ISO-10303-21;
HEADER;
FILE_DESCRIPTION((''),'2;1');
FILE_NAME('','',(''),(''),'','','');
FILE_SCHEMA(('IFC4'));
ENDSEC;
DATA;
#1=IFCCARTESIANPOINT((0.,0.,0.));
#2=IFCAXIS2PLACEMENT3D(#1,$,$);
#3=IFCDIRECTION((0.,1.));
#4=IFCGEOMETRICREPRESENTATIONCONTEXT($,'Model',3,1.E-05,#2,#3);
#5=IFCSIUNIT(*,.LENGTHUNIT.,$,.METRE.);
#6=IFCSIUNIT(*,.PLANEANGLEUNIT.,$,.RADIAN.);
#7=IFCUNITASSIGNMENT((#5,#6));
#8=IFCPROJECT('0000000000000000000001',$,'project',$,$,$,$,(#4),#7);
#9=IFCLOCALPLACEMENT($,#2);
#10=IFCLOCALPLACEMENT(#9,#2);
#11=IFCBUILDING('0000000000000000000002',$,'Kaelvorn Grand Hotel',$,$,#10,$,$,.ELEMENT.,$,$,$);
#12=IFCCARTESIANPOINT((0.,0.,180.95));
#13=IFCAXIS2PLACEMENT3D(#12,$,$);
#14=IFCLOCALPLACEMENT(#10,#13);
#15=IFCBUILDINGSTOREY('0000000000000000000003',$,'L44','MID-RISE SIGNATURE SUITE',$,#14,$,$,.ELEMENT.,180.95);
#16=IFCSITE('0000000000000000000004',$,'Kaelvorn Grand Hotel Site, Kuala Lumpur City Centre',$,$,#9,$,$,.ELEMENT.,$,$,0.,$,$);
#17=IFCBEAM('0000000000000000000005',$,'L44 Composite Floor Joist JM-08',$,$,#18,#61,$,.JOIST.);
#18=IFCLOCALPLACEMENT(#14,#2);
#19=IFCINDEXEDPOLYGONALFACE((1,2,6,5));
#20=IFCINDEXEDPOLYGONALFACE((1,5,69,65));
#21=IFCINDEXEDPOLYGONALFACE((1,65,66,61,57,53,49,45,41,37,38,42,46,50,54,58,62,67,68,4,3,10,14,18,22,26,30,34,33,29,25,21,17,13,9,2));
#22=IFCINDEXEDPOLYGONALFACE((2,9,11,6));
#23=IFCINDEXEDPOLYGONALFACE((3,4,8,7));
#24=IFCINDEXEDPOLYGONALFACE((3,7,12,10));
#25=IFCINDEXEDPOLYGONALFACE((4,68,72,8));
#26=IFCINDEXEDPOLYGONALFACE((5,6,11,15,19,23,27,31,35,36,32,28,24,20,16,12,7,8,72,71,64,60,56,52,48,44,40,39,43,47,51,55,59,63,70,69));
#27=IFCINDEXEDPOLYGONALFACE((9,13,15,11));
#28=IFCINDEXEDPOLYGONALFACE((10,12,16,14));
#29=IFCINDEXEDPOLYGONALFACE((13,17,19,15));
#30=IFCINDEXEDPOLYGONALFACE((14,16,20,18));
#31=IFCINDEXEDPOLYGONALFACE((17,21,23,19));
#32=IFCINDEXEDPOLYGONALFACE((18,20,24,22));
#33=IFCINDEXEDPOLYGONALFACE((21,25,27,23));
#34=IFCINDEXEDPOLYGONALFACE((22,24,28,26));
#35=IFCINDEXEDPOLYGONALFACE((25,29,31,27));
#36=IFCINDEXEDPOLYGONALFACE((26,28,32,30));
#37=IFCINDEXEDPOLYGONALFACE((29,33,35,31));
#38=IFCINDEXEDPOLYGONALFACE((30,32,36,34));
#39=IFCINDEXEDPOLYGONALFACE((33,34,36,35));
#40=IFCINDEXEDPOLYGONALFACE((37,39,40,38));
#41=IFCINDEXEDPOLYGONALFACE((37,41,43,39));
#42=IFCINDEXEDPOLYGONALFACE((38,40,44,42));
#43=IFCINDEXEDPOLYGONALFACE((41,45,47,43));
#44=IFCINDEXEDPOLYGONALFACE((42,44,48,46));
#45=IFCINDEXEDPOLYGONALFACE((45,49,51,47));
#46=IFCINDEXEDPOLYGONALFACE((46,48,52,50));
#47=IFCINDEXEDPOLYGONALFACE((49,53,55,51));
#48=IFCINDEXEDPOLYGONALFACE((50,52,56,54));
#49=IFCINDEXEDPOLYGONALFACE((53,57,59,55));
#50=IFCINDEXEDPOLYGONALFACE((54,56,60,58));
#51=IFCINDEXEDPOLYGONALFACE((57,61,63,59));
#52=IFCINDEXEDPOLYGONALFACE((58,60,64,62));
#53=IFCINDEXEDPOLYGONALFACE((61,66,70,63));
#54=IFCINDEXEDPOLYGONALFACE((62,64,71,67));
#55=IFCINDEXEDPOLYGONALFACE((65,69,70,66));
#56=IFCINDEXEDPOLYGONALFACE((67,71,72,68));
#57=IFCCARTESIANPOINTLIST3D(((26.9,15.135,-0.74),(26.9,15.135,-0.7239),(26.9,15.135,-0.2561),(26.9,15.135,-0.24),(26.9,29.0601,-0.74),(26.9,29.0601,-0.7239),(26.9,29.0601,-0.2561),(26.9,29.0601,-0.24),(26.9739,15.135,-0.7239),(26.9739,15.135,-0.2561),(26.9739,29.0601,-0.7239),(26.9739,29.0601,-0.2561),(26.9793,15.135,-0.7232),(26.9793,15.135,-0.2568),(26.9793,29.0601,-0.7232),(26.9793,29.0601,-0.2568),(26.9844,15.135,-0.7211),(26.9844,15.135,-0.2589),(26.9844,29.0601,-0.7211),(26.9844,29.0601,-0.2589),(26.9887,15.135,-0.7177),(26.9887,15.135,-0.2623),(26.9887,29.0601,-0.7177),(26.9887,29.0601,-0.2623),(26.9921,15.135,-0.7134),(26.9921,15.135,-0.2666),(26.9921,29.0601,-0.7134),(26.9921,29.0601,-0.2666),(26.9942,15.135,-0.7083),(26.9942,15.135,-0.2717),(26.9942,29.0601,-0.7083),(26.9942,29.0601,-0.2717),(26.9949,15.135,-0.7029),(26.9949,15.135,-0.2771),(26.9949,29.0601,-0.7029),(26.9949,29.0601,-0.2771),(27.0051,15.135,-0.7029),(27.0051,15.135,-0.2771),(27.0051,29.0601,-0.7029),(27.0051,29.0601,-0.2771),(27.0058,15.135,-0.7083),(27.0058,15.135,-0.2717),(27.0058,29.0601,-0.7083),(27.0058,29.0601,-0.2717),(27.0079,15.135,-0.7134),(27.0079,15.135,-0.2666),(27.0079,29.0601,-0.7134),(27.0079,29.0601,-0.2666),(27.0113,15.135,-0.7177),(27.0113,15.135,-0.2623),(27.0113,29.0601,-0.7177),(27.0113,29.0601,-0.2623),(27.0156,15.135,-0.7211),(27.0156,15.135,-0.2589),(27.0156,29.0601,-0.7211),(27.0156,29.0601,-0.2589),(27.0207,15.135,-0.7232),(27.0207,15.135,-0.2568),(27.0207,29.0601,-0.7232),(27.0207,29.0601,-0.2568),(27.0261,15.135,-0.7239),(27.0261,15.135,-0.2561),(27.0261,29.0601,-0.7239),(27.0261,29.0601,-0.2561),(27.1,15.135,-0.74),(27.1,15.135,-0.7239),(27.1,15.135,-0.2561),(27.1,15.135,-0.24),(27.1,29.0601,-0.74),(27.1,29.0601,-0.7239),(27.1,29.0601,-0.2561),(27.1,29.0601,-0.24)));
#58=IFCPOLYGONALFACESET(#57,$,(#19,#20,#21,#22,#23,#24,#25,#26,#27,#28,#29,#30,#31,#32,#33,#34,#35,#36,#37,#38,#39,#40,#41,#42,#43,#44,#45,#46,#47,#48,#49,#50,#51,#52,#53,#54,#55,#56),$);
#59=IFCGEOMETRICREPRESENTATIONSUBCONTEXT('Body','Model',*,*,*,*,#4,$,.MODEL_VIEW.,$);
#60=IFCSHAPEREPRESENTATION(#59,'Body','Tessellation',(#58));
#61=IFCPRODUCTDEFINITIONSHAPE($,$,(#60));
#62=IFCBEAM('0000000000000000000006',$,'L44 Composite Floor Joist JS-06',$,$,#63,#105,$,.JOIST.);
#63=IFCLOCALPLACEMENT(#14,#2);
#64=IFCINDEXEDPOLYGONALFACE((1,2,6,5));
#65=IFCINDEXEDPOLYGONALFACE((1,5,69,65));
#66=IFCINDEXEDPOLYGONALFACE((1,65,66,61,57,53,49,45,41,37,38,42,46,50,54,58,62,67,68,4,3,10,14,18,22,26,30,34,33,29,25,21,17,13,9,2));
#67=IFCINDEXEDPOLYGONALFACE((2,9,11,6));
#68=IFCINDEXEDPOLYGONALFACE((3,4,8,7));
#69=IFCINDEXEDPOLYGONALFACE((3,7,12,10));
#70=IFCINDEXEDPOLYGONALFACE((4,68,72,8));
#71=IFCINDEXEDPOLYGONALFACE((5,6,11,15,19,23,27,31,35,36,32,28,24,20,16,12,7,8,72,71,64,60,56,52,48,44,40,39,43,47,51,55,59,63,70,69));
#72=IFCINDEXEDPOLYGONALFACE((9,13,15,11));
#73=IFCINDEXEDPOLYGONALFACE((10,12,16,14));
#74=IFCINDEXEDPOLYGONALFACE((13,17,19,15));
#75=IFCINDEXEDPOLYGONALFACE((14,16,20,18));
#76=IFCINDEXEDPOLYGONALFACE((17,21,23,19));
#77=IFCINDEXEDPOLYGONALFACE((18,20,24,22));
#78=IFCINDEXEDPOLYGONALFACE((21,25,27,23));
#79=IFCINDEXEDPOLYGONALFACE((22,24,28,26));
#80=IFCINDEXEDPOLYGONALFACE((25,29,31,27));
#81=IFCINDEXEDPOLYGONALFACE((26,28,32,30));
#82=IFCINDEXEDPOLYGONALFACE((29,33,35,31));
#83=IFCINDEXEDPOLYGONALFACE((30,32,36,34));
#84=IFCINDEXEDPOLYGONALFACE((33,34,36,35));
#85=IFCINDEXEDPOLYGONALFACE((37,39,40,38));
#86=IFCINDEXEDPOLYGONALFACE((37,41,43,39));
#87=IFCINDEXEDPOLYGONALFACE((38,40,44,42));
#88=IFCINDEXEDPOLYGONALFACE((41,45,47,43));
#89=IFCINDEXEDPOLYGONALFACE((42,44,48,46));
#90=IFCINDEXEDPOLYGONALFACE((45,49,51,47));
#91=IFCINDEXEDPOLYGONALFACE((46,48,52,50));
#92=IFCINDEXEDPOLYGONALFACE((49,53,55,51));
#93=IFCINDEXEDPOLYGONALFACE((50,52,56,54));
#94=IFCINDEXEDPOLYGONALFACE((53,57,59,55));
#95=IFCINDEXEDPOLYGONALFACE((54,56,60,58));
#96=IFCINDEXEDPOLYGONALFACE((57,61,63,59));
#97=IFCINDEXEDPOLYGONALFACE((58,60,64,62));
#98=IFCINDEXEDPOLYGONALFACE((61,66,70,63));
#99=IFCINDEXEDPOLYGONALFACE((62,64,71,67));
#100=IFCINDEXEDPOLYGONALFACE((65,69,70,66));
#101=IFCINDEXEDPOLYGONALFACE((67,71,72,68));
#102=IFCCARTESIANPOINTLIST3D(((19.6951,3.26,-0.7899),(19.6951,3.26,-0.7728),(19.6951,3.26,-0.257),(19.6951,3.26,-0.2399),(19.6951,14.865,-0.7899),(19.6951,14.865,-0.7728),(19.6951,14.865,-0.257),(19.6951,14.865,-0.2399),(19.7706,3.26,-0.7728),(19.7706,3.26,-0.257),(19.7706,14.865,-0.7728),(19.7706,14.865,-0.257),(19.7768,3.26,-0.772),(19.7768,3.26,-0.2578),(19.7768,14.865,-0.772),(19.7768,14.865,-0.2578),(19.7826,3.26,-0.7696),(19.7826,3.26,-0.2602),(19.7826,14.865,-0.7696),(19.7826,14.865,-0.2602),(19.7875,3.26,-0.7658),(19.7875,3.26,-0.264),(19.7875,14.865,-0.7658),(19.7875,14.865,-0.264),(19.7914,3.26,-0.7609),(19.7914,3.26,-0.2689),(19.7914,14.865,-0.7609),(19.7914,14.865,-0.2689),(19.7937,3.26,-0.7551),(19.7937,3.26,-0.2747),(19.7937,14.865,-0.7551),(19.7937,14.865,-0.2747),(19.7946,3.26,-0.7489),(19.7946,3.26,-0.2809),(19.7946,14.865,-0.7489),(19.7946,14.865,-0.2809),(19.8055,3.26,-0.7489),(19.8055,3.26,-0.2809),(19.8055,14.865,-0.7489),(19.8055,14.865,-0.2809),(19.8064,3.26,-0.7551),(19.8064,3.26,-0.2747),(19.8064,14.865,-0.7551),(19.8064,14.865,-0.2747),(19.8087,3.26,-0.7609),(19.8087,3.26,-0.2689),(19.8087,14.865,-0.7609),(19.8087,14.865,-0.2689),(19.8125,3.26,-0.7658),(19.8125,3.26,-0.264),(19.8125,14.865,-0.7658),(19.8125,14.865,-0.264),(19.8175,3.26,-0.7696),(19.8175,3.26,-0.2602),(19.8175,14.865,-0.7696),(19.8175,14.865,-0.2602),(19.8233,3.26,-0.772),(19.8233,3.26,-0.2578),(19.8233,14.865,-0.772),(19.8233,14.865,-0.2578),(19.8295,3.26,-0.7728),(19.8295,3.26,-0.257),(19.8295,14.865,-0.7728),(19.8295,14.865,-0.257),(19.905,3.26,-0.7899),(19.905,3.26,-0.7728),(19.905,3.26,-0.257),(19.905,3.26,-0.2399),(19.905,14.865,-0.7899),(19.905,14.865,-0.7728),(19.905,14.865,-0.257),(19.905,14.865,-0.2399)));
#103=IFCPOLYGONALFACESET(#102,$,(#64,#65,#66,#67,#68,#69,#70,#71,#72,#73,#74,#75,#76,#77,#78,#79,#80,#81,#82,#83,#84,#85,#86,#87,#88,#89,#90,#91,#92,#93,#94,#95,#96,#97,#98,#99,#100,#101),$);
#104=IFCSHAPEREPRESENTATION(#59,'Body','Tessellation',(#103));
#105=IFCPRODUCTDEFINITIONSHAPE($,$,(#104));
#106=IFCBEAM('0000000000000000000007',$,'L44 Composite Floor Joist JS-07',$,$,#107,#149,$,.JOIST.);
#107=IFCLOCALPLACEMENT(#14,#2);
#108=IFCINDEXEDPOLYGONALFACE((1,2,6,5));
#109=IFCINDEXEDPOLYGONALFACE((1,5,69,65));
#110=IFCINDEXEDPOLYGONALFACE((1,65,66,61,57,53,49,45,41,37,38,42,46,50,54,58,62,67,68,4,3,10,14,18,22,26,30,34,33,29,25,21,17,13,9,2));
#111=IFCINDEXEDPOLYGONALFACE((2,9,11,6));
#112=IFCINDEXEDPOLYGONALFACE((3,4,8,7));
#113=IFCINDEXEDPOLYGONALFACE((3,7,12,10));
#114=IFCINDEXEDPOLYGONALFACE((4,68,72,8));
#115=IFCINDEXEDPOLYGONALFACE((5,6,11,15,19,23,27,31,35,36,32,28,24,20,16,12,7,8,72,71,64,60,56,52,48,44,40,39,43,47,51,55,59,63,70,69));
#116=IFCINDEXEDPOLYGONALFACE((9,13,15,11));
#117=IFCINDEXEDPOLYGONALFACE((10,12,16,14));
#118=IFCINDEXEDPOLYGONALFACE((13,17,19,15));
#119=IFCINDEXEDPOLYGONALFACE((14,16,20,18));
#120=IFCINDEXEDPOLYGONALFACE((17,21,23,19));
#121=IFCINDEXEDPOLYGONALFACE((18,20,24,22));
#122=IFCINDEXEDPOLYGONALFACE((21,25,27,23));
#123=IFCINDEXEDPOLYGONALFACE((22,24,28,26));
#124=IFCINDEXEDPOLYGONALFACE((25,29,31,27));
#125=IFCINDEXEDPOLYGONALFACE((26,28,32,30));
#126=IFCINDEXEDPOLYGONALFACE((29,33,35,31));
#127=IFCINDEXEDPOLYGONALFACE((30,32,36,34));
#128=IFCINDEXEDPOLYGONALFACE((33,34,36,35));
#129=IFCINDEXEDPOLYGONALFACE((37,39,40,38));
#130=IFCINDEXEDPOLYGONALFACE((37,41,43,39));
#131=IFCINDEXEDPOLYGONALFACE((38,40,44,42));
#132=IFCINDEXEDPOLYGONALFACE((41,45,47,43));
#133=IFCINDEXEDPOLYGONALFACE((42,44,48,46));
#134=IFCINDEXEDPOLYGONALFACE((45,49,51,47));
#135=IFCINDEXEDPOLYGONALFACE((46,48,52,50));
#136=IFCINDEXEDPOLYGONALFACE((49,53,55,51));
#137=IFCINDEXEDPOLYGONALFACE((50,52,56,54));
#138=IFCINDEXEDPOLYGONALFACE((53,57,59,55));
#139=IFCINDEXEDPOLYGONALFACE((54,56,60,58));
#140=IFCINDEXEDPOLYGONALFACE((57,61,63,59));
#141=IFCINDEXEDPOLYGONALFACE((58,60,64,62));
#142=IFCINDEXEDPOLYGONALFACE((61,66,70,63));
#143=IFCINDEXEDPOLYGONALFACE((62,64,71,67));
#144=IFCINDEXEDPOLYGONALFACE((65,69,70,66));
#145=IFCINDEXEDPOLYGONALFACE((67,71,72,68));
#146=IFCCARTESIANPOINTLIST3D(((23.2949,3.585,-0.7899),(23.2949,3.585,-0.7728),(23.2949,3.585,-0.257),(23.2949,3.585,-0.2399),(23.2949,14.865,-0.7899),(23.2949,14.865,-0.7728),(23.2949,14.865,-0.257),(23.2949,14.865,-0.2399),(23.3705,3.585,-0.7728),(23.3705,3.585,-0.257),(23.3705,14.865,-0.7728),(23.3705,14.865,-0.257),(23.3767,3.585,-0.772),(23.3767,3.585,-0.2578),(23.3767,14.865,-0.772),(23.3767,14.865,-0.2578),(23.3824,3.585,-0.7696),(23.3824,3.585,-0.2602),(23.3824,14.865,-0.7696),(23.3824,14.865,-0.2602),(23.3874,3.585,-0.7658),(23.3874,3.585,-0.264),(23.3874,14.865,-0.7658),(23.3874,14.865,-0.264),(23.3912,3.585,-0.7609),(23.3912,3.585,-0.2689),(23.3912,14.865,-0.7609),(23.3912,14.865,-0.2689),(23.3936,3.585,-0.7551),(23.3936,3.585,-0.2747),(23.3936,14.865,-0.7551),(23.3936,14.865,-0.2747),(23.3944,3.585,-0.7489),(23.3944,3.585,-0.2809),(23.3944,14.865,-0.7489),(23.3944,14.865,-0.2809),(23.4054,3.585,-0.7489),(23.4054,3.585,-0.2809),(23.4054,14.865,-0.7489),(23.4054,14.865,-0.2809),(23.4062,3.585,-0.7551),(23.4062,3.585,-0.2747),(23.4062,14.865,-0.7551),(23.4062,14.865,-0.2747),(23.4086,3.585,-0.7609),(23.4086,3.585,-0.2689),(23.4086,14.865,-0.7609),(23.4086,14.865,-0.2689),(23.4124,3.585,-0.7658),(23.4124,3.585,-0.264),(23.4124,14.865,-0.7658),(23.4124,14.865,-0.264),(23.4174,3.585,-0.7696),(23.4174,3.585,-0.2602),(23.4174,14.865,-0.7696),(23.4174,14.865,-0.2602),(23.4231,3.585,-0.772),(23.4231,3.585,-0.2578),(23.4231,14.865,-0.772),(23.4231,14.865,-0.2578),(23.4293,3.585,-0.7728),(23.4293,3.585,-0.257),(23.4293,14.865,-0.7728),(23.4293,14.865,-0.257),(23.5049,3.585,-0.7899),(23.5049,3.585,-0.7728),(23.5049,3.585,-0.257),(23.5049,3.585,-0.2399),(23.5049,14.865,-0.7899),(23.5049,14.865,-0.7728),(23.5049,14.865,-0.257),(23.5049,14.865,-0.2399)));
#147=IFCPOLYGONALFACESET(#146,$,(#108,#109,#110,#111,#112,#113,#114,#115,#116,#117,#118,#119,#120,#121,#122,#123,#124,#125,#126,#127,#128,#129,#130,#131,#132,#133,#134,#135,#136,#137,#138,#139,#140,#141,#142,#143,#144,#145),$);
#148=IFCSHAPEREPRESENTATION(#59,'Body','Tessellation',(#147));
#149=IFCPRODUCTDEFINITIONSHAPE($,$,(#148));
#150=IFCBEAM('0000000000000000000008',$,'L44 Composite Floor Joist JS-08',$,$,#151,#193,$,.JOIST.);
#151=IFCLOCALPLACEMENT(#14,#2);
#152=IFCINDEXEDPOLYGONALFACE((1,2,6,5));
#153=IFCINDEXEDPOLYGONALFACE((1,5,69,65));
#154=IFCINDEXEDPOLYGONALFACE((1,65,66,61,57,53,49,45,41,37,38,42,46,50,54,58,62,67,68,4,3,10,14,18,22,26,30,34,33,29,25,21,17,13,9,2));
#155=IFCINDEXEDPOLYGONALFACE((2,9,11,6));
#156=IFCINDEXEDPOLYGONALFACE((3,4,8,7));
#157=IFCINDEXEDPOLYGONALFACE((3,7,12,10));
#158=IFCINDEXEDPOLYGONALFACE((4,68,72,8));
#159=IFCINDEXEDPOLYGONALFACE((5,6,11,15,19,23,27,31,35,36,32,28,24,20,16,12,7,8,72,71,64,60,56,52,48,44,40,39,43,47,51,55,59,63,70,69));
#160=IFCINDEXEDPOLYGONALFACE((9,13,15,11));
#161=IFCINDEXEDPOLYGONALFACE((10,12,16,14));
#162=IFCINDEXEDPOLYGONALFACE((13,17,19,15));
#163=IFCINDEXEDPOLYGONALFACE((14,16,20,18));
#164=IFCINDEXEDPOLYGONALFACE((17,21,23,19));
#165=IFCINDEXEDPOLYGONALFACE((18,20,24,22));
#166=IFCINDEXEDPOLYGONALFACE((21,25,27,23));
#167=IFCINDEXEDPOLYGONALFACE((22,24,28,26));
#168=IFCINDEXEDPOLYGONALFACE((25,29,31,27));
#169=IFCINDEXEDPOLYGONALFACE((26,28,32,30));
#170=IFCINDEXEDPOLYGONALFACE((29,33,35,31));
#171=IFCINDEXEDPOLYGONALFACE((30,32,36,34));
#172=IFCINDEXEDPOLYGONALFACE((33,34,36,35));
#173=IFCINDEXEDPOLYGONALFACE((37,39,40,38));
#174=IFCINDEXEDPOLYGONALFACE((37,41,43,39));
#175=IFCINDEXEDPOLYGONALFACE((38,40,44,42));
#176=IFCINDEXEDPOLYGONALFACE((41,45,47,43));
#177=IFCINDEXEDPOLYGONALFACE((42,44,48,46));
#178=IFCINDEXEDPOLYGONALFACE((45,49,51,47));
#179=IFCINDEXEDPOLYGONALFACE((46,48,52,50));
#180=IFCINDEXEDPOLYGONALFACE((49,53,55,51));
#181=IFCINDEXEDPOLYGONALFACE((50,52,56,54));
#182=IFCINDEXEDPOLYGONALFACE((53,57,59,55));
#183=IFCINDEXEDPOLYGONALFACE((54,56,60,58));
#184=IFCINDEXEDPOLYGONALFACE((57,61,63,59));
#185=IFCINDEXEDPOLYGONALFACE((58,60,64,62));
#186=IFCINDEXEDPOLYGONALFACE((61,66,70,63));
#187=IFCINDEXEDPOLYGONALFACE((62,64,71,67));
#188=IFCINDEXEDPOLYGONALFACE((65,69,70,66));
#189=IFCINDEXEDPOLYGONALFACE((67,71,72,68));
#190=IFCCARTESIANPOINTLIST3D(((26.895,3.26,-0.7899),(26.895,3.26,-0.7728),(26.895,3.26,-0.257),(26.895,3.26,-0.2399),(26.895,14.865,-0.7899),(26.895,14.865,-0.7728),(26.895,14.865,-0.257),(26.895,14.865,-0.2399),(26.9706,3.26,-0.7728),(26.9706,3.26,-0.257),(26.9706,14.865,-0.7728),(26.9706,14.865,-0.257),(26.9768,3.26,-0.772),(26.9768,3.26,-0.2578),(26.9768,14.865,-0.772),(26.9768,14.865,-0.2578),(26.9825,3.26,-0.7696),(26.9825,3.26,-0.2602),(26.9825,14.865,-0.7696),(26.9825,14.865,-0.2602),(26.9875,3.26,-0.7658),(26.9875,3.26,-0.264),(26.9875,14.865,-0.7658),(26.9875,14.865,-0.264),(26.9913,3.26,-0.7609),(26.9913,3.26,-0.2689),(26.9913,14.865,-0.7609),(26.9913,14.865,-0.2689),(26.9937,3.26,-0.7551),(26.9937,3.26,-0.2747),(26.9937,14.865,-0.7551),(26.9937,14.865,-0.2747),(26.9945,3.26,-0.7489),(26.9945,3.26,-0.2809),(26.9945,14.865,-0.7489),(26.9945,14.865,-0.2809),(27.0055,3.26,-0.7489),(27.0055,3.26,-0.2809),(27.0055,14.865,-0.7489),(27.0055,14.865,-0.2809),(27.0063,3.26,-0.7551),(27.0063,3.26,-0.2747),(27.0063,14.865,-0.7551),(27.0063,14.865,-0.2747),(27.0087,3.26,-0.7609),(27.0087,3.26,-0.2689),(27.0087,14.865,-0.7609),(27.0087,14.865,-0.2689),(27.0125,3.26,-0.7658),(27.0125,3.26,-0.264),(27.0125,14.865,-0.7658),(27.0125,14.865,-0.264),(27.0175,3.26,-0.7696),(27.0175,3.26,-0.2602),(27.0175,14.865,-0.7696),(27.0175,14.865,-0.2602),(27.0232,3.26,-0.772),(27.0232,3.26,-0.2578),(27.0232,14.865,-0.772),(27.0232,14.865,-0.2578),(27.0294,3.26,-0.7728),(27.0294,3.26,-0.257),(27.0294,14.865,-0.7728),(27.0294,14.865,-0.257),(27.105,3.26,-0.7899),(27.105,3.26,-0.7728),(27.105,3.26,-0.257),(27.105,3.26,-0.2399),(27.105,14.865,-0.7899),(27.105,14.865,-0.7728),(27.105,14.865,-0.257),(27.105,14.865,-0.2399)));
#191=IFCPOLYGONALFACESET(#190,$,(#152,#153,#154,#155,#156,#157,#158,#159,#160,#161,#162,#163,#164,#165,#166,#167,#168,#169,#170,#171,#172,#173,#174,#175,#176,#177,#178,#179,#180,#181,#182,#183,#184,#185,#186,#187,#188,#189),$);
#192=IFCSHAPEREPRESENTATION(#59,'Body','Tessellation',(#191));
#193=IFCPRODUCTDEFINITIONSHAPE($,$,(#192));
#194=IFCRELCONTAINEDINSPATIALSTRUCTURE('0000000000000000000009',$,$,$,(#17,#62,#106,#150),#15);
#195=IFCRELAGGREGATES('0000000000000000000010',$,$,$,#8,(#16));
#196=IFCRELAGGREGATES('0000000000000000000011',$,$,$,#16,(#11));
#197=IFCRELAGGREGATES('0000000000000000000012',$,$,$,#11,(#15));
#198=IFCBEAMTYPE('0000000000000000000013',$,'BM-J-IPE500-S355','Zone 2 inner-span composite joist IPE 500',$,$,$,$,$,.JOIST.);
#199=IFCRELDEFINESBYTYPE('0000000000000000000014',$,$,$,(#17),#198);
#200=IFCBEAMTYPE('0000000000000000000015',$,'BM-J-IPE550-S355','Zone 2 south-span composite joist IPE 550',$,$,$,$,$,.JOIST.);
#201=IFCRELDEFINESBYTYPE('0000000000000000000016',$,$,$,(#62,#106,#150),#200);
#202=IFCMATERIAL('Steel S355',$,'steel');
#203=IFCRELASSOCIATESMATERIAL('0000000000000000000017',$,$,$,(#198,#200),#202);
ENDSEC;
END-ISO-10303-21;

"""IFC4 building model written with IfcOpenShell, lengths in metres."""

from ifc_helpers import new_model, si_unit, direction, frame, origin, origin_2d, place, context, subcontext, project, spatial, i_section, extrude, material, material_profile, profile_set, type_object, element, save


model = new_model("IFC4")

# Units and contexts
model_context = context("Model", 3, precision=1e-05, world=origin(), true_north=direction((0.0, 1.0)))
body_context = subcontext(model_context, "Body", "Model", "MODEL_VIEW")
ifc_project = project(units=[si_unit("LENGTHUNIT", "METRE"), si_unit("PLANEANGLEUNIT", "RADIAN")], contexts=[model_context])

# Site, building, storey
site_placement = place(None, origin())
site = spatial("IfcSite", under=ifc_project, at=site_placement, Name="Kaelvorn Grand Hotel Site, Kuala Lumpur City Centre", CompositionType="ELEMENT", RefElevation=0.0)
building_placement = place(site_placement, origin())
building = spatial("IfcBuilding", under=site, at=building_placement, Name="Kaelvorn Grand Hotel", CompositionType="ELEMENT")
storey_placement = place(building_placement, frame((0.0, 0.0, 180.95)))
storey = spatial("IfcBuildingStorey", under=building, at=storey_placement, Name="L44", Description="MID-RISE SIGNATURE SUITE", CompositionType="ELEMENT", Elevation=180.95)

# Beams
ifc_material_1 = material(Name="Steel S355", Category="steel")
ifc_material_profile_1 = material_profile(ifc_material_1, i_section(OverallWidth=0.2, OverallDepth=0.5, WebThickness=0.0103, FlangeThickness=0.0161, FilletRadius=0.021, at=origin_2d()), Name="IPE 500")
ifc_profile_set_1 = profile_set([ifc_material_profile_1], Name="Steel S355")
beam_type_1 = type_object("IfcBeamType", Name="BM-J-IPE500-S355", Description="Zone 2 inner-span composite joist IPE 500", PredefinedType="JOIST", material=ifc_profile_set_1)
beam_1_placement = place(storey_placement, frame((27.0, 15.135, -0.49), z_axis=(0.0, 1.0, 0.0), x_axis=(-1.0, 0.0, 0.0)))
element("IfcBeam", 1, at=beam_1_placement, inside=storey, type_object=beam_type_1, Name="L44 Composite Floor Joist JM-08", PredefinedType="JOIST", context=body_context, shape_type="SweptSolid", body=[
    extrude(i_section(OverallWidth=0.2, OverallDepth=0.5, WebThickness=0.0103, FlangeThickness=0.0161, FilletRadius=0.021, at=origin_2d()), origin(), (0.0, 0.0, 1.0), 13.925),
])
ifc_material_profile_2 = material_profile(ifc_material_1, i_section(OverallWidth=0.21, OverallDepth=0.55, WebThickness=0.011, FlangeThickness=0.0171, FilletRadius=0.0239, at=origin_2d()), Name="IPE 550")
ifc_profile_set_2 = profile_set([ifc_material_profile_2], Name="Steel S355")
beam_type_2 = type_object("IfcBeamType", Name="BM-J-IPE550-S355", Description="Zone 2 south-span composite joist IPE 550", PredefinedType="JOIST", material=ifc_profile_set_2)
beam_2_placement = place(storey_placement, frame((19.8, 3.26, -0.5149), z_axis=(0.0, 1.0, 0.0), x_axis=(-1.0, 0.0, 0.0)))
element("IfcBeam", 2, at=beam_2_placement, inside=storey, type_object=beam_type_2, Name="L44 Composite Floor Joist JS-06", PredefinedType="JOIST", context=body_context, shape_type="SweptSolid", body=[
    extrude(i_section(OverallWidth=0.21, OverallDepth=0.55, WebThickness=0.011, FlangeThickness=0.0171, FilletRadius=0.0239, at=origin_2d()), origin(), (0.0, 0.0, 1.0), 11.605),
])
beam_3_placement = place(storey_placement, frame((23.3999, 3.585, -0.5149), z_axis=(0.0, 1.0, 0.0), x_axis=(-1.0, 0.0, 0.0)))
element("IfcBeam", 3, at=beam_3_placement, inside=storey, type_object=beam_type_2, Name="L44 Composite Floor Joist JS-07", PredefinedType="JOIST", context=body_context, shape_type="SweptSolid", body=[
    extrude(i_section(OverallWidth=0.21, OverallDepth=0.55, WebThickness=0.011, FlangeThickness=0.0171, FilletRadius=0.0239, at=origin_2d()), origin(), (0.0, 0.0, 1.0), 11.28),
])
beam_4_placement = place(storey_placement, frame((27.0, 3.26, -0.5149), z_axis=(0.0, 1.0, 0.0), x_axis=(-1.0, 0.0, 0.0)))
element("IfcBeam", 4, at=beam_4_placement, inside=storey, type_object=beam_type_2, Name="L44 Composite Floor Joist JS-08", PredefinedType="JOIST", context=body_context, shape_type="SweptSolid", body=[
    extrude(i_section(OverallWidth=0.21, OverallDepth=0.55, WebThickness=0.011, FlangeThickness=0.0171, FilletRadius=0.0239, at=origin_2d()), origin(), (0.0, 0.0, 1.0), 11.605),
])

save(model, "model.ifc")
